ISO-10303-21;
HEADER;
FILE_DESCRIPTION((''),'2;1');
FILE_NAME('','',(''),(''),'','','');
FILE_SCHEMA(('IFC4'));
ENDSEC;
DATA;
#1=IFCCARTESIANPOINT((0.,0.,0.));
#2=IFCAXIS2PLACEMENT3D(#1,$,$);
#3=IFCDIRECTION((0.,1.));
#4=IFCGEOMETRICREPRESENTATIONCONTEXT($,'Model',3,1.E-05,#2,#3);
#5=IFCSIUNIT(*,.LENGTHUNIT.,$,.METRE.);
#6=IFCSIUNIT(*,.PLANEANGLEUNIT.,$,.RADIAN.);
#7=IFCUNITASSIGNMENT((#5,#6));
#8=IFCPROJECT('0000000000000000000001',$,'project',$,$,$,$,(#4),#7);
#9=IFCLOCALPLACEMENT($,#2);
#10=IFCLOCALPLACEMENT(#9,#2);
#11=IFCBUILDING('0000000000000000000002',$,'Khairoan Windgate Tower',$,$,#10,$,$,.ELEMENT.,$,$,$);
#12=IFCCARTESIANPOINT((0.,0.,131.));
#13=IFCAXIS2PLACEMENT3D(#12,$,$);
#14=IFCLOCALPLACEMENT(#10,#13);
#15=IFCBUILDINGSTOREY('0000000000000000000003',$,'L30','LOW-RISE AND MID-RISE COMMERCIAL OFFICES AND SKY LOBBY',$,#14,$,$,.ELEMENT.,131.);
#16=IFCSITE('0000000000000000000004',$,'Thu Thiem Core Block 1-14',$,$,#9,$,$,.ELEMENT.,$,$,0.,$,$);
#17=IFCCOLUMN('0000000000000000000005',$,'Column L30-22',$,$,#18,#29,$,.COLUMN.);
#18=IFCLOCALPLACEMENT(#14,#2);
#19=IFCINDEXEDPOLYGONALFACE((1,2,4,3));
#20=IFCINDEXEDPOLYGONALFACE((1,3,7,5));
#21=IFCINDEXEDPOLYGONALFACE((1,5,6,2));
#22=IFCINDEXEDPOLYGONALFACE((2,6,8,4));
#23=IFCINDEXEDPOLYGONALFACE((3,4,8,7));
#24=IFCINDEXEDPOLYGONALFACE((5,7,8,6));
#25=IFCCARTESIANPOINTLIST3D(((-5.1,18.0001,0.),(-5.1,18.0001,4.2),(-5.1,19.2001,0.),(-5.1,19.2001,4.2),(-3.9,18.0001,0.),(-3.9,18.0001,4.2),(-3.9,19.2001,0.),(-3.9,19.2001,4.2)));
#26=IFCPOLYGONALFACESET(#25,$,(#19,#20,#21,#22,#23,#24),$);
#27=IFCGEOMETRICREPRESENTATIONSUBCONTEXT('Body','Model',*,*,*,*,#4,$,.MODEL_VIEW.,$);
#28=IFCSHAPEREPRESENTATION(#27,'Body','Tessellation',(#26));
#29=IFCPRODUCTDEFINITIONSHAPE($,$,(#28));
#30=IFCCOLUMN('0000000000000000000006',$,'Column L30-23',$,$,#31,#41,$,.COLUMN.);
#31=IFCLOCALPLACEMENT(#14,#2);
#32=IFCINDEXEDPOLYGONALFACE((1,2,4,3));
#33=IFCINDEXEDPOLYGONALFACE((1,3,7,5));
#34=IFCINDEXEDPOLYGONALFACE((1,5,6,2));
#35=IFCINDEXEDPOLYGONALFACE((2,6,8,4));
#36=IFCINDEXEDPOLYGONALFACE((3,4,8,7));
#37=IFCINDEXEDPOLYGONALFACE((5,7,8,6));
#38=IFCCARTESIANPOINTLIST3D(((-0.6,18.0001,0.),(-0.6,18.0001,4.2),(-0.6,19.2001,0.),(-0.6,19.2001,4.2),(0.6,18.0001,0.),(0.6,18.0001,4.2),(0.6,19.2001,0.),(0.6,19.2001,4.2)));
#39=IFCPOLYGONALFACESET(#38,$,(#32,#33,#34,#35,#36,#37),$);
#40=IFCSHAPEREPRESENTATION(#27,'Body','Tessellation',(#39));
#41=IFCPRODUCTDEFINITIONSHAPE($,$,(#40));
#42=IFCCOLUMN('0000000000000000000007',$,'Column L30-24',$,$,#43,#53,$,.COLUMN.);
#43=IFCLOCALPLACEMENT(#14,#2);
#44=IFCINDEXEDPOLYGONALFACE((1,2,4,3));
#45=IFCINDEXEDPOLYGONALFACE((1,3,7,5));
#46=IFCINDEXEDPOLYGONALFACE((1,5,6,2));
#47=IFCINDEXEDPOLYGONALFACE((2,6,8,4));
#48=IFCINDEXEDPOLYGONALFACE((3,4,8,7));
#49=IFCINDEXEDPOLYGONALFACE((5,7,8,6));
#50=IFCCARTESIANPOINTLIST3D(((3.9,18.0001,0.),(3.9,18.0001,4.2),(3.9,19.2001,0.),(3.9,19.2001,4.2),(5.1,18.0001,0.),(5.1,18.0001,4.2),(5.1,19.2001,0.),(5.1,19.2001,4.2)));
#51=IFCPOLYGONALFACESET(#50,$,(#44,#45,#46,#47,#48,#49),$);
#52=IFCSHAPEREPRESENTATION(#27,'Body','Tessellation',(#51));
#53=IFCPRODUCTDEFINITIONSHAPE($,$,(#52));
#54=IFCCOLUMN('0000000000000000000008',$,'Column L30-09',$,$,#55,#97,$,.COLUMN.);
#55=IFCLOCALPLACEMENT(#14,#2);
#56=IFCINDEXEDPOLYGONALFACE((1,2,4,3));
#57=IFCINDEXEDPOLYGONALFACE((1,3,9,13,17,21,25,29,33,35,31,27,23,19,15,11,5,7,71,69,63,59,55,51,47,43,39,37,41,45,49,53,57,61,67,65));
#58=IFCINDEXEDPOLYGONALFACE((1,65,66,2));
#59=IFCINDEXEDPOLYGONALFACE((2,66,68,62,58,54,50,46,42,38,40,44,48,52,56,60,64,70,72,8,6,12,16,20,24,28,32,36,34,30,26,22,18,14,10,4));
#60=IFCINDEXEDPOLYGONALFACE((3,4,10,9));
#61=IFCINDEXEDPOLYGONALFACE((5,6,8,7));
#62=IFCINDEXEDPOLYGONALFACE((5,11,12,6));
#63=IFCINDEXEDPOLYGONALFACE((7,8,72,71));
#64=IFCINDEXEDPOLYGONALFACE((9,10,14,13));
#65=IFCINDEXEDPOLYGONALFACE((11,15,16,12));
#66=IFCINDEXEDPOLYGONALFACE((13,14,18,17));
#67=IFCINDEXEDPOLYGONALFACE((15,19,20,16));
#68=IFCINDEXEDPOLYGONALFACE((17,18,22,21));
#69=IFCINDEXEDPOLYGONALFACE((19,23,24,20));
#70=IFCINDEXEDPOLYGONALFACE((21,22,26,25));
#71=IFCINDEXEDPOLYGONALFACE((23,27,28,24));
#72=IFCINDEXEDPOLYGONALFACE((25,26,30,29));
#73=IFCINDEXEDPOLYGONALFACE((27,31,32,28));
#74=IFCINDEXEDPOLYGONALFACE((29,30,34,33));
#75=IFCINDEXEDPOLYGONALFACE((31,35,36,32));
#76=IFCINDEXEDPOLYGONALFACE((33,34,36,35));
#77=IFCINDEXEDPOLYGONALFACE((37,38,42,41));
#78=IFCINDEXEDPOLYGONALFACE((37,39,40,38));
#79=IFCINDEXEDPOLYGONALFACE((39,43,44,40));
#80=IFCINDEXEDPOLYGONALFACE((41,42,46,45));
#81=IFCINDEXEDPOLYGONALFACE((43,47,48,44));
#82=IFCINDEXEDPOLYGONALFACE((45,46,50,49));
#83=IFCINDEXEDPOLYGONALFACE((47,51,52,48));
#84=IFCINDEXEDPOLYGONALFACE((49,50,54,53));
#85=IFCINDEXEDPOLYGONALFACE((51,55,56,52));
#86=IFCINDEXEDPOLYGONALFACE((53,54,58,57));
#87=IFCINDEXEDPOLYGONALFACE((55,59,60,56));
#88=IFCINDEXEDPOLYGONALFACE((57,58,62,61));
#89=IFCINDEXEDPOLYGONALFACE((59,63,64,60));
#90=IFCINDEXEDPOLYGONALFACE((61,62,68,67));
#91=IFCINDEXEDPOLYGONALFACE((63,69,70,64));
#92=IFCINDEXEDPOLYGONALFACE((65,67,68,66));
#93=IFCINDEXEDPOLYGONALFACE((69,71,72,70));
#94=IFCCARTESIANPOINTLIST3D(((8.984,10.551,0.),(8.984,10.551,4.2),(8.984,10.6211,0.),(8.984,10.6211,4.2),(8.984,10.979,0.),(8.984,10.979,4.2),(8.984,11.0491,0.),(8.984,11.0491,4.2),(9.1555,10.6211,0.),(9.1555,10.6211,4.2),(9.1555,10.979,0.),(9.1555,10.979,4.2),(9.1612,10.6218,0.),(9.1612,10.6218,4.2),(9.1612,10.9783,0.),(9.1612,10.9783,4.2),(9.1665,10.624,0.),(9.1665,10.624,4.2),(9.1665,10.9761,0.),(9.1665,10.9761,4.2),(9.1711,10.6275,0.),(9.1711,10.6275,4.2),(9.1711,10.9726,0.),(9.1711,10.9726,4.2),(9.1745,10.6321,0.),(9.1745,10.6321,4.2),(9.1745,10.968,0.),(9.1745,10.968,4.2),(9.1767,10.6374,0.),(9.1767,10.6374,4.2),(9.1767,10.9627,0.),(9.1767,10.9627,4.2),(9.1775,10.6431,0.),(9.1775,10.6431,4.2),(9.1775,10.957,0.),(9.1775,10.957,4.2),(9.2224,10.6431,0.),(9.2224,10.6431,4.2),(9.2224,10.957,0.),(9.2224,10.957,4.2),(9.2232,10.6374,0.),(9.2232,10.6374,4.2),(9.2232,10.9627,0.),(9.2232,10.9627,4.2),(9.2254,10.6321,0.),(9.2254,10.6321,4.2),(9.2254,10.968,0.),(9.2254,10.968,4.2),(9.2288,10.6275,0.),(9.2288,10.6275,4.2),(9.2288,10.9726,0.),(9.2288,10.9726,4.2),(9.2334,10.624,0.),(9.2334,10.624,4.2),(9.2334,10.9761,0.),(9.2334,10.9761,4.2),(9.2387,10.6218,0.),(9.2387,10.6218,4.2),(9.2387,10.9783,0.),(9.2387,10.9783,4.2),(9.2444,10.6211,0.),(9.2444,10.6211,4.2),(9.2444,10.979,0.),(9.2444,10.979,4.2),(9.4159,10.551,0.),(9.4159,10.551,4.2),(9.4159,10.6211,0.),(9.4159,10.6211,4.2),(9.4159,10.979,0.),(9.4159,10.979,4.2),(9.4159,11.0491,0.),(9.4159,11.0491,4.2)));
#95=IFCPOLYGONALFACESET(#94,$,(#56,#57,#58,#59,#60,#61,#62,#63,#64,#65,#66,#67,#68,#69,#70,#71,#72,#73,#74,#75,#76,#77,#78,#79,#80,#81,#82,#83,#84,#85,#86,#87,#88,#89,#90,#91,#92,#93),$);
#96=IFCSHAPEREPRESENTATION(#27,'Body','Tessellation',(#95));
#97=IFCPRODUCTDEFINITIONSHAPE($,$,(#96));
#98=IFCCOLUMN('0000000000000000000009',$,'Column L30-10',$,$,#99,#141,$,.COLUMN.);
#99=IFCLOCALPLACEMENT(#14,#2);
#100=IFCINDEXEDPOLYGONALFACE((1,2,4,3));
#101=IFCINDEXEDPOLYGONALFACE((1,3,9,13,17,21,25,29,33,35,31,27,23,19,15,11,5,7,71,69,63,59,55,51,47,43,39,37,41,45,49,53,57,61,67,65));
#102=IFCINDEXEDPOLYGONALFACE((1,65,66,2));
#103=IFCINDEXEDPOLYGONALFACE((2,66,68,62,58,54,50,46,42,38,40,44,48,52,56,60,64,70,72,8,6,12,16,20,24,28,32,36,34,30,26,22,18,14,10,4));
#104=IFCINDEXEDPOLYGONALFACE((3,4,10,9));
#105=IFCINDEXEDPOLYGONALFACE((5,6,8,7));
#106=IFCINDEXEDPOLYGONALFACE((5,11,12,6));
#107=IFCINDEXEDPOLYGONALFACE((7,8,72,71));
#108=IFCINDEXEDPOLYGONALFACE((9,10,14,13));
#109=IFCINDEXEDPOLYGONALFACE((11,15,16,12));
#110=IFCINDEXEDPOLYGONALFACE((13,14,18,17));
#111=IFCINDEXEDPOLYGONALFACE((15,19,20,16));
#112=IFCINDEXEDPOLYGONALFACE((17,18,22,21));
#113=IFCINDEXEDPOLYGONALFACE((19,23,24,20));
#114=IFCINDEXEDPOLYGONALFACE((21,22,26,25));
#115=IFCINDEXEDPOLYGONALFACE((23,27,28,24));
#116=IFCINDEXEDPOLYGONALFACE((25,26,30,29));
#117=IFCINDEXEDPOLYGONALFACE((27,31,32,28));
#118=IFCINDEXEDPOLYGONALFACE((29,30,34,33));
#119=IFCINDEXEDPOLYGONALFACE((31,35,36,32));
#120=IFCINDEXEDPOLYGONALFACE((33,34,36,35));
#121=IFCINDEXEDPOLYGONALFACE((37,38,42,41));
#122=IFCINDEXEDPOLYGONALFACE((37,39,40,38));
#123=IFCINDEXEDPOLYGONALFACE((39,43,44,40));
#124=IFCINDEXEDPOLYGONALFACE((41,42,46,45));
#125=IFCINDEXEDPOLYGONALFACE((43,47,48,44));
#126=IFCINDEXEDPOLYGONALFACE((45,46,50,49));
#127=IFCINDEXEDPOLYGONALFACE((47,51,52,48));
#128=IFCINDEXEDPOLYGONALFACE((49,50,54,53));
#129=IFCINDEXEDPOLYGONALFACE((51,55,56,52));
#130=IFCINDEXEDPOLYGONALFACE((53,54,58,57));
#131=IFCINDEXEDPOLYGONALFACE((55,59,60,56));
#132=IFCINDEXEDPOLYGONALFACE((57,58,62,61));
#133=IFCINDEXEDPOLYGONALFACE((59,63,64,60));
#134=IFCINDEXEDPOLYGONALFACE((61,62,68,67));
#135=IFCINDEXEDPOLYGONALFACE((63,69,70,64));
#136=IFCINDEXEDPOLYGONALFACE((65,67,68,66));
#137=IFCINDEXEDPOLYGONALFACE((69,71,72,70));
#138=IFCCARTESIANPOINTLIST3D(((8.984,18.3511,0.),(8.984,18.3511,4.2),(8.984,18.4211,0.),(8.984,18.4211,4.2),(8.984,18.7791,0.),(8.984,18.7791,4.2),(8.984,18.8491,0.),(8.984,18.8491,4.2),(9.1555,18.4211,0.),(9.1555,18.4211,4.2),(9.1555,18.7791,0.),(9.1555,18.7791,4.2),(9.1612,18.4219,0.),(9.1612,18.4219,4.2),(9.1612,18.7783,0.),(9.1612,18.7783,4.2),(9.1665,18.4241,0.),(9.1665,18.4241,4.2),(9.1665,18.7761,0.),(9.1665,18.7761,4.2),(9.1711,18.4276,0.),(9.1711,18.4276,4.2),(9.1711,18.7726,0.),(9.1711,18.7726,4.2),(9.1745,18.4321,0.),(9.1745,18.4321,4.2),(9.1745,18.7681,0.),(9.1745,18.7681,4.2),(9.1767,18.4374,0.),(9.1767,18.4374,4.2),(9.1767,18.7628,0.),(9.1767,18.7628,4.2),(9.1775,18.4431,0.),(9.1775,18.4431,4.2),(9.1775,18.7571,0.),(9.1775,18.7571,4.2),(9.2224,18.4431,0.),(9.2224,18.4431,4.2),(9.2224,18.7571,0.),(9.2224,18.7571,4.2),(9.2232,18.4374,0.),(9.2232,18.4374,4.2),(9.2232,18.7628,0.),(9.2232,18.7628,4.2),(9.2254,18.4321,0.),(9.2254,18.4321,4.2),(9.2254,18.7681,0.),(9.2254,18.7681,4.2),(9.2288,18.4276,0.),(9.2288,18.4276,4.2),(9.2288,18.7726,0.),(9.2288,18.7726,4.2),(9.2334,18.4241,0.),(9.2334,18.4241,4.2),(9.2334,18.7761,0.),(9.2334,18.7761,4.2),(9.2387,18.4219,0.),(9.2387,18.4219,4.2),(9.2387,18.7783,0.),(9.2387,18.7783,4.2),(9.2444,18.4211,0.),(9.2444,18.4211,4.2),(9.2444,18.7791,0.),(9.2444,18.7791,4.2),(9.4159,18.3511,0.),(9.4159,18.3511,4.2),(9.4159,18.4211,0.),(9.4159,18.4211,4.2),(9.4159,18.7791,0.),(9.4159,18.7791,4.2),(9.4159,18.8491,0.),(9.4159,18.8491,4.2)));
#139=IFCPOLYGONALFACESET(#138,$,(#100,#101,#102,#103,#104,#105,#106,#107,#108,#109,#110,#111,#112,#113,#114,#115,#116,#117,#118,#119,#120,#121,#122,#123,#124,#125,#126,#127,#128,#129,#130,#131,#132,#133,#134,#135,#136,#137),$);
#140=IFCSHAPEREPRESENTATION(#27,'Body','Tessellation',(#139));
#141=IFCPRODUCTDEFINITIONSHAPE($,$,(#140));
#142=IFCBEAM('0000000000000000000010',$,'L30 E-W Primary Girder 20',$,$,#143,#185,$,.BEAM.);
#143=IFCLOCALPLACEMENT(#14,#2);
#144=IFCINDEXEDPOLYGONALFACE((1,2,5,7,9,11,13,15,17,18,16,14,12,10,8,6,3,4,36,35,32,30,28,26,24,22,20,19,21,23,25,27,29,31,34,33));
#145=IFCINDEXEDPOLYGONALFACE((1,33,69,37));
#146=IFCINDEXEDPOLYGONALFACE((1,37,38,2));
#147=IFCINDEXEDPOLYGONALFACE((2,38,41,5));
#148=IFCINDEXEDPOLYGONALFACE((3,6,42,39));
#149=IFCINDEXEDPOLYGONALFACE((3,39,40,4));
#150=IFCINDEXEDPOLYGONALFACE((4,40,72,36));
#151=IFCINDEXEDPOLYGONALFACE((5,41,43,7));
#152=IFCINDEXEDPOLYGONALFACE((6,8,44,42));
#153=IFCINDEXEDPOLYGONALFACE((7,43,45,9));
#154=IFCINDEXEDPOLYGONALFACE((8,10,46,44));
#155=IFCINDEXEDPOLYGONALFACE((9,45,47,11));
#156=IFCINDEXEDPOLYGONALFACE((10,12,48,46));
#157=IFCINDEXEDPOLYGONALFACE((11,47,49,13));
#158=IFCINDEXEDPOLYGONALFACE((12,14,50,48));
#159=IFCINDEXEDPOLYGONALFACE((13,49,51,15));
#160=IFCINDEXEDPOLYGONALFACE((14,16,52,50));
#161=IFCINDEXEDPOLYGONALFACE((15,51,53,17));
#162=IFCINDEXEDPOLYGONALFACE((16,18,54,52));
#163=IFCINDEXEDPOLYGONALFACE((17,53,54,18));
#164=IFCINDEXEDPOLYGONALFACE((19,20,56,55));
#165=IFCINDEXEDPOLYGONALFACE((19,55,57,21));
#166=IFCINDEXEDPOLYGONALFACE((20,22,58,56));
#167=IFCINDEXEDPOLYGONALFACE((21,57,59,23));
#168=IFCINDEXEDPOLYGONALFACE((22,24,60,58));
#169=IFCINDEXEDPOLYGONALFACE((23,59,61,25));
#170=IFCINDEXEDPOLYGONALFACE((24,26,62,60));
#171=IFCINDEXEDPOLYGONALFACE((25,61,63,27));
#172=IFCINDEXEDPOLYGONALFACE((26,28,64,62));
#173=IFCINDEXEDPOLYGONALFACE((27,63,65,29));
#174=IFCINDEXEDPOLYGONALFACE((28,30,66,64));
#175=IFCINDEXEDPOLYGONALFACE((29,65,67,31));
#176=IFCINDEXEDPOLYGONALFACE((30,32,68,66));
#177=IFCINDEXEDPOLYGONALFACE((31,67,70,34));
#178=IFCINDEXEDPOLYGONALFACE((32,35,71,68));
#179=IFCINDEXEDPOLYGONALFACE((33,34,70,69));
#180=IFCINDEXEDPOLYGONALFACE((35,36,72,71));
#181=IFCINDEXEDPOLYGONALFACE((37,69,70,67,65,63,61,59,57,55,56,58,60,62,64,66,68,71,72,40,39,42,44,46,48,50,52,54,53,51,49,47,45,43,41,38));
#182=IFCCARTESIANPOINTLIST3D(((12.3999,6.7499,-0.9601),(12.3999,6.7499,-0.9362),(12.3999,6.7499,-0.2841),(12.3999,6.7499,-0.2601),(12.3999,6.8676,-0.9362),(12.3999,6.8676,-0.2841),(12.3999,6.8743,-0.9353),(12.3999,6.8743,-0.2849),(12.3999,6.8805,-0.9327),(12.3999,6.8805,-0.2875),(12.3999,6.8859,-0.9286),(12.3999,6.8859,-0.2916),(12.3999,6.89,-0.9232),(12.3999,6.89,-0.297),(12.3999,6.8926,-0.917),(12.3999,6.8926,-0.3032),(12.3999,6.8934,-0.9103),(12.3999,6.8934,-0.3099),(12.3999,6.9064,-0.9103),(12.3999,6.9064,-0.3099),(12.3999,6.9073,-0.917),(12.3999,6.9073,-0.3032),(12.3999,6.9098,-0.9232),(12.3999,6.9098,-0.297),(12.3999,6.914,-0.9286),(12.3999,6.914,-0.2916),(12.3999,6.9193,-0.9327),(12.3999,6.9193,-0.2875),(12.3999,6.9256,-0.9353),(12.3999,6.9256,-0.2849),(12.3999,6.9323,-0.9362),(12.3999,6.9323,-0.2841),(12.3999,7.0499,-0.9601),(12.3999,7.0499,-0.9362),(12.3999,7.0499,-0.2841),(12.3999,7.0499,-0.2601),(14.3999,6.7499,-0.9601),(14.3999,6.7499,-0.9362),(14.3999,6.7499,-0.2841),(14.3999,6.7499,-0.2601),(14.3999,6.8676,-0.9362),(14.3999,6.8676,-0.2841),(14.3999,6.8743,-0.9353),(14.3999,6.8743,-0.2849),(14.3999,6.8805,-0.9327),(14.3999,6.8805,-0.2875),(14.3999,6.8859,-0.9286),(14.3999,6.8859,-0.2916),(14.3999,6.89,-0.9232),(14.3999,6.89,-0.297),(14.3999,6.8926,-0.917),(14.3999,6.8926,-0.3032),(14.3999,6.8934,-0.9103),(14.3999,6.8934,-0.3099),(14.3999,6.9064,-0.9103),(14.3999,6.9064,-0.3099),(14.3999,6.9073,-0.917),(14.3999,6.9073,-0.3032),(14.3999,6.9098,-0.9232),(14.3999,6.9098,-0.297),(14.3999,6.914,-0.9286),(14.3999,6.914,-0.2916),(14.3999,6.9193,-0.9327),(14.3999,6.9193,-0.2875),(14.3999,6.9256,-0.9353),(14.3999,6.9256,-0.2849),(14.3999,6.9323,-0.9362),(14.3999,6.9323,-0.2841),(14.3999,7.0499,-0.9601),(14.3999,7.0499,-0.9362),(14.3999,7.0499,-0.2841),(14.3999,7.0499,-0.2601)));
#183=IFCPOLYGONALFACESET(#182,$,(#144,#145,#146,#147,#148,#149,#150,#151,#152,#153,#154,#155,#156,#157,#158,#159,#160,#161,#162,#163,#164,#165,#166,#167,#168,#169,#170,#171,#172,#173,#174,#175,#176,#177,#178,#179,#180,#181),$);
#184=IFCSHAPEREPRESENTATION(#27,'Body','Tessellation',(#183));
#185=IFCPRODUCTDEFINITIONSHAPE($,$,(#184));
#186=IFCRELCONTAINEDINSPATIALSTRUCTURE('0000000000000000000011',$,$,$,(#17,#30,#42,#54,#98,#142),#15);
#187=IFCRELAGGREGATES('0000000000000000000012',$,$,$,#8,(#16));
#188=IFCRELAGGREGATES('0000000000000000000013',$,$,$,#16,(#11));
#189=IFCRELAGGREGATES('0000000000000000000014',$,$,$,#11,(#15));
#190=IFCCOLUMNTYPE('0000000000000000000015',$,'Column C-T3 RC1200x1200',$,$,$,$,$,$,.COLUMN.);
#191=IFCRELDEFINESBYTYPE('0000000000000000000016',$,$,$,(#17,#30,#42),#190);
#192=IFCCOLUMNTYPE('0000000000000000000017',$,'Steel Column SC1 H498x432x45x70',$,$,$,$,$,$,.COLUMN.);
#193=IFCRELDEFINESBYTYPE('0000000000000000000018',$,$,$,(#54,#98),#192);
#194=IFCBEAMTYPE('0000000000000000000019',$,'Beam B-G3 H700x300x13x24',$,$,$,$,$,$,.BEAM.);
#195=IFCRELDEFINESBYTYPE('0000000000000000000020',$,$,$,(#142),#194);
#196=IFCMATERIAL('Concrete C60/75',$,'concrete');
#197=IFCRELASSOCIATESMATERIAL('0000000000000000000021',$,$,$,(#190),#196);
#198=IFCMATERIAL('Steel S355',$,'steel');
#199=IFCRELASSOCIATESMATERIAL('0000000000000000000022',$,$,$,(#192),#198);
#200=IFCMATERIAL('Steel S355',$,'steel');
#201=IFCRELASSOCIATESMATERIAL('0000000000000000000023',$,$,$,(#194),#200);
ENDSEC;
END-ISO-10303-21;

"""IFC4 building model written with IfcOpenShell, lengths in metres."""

from ifc_helpers import new_model, si_unit, direction, frame, origin, origin_2d, place, context, subcontext, project, spatial, rectangle, i_section, extrude, material, material_profile, profile_set, type_object, element, save


model = new_model("IFC4")

# Units and contexts
model_context = context("Model", 3, precision=1e-05, world=origin(), true_north=direction((0.0, 1.0)))
body_context = subcontext(model_context, "Body", "Model", "MODEL_VIEW")
ifc_project = project(units=[si_unit("LENGTHUNIT", "METRE"), si_unit("PLANEANGLEUNIT", "RADIAN")], contexts=[model_context])

# Site, building, storey
site_placement = place(None, origin())
site = spatial("IfcSite", under=ifc_project, at=site_placement, Name="Thu Thiem Core Block 1-14", CompositionType="ELEMENT", RefElevation=0.0)
building_placement = place(site_placement, origin())
building = spatial("IfcBuilding", under=site, at=building_placement, Name="Khairoan Windgate Tower", CompositionType="ELEMENT")
storey_placement = place(building_placement, frame((0.0, 0.0, 131.0)))
storey = spatial("IfcBuildingStorey", under=building, at=storey_placement, Name="L30", Description="LOW-RISE AND MID-RISE COMMERCIAL OFFICES AND SKY LOBBY", CompositionType="ELEMENT", Elevation=131.0)

# Columns
ifc_material_1 = material(Name="Concrete C60/75", Category="concrete")
ifc_material_profile_1 = material_profile(ifc_material_1, rectangle(XDim=1.2, YDim=1.2, at=origin_2d()))
ifc_profile_set_1 = profile_set([ifc_material_profile_1], Name="Concrete C60/75")
column_type_1 = type_object("IfcColumnType", Name="Column C-T3 RC1200x1200", PredefinedType="COLUMN", material=ifc_profile_set_1)
for number, where, z_axis, x_axis, name in (
    (1, (-4.5, 18.6001, 0.0), (0.0, 0.0, 1.0), (1.0, 0.0, 0.0), "Column L30-22"),
    (2, (0.0, 18.6001, 0.0), (0.0, 0.0, 1.0), (1.0, 0.0, 0.0), "Column L30-23"),
    (3, (4.5, 18.6001, 0.0), (0.0, 0.0, 1.0), (1.0, 0.0, 0.0), "Column L30-24"),
):
    element("IfcColumn", number, at=place(storey_placement, frame(where, z_axis=z_axis, x_axis=x_axis)), inside=storey, type_object=column_type_1, Name=name, PredefinedType="COLUMN", context=body_context, shape_type="SweptSolid", body=[
        extrude(rectangle(XDim=1.2, YDim=1.2, at=origin_2d()), origin(), (0.0, 0.0, 1.0), 4.2),
    ])
ifc_material_2 = material(Name="Steel S355", Category="steel")
ifc_material_profile_2 = material_profile(ifc_material_2, i_section(OverallWidth=0.4319, OverallDepth=0.498, WebThickness=0.0449, FlangeThickness=0.0701, FilletRadius=0.022, at=origin_2d()))
ifc_profile_set_2 = profile_set([ifc_material_profile_2], Name="Steel S355")
column_type_2 = type_object("IfcColumnType", Name="Steel Column SC1 H498x432x45x70", PredefinedType="COLUMN", material=ifc_profile_set_2)
for number, where, z_axis, x_axis, name in (
    (4, (9.2, 10.8, 0.0), (0.0, 0.0, 1.0), (1.0, 0.0, 0.0), "Column L30-09"),
    (5, (9.2, 18.6001, 0.0), (0.0, 0.0, 1.0), (1.0, 0.0, 0.0), "Column L30-10"),
):
    element("IfcColumn", number, at=place(storey_placement, frame(where, z_axis=z_axis, x_axis=x_axis)), inside=storey, type_object=column_type_2, Name=name, PredefinedType="COLUMN", context=body_context, shape_type="SweptSolid", body=[
        extrude(i_section(OverallWidth=0.4319, OverallDepth=0.498, WebThickness=0.0449, FlangeThickness=0.0701, FilletRadius=0.022, at=origin_2d()), origin(), (0.0, 0.0, 1.0), 4.2),
    ])

# Beam
ifc_material_3 = material(Name="Steel S355", Category="steel")
ifc_material_profile_3 = material_profile(ifc_material_3, i_section(OverallWidth=0.3, OverallDepth=0.7, WebThickness=0.0129, FlangeThickness=0.0239, FilletRadius=0.0259, at=origin_2d()))
ifc_profile_set_3 = profile_set([ifc_material_profile_3], Name="Steel S355")
beam_type_1 = type_object("IfcBeamType", Name="Beam B-G3 H700x300x13x24", PredefinedType="BEAM", material=ifc_profile_set_3)
beam_1_placement = place(storey_placement, frame((12.3999, 6.8999, -0.6101), z_axis=(1.0, 0.0, 0.0), x_axis=(0.0, 1.0, 0.0)))
element("IfcBeam", 6, at=beam_1_placement, inside=storey, type_object=beam_type_1, Name="L30 E-W Primary Girder 20", PredefinedType="BEAM", context=body_context, shape_type="SweptSolid", body=[
    extrude(i_section(OverallWidth=0.3, OverallDepth=0.7, WebThickness=0.0129, FlangeThickness=0.0239, FilletRadius=0.0259, at=origin_2d()), origin(), (0.0, 0.0, 1.0), 2.0),
])

save(model, "model.ifc")
